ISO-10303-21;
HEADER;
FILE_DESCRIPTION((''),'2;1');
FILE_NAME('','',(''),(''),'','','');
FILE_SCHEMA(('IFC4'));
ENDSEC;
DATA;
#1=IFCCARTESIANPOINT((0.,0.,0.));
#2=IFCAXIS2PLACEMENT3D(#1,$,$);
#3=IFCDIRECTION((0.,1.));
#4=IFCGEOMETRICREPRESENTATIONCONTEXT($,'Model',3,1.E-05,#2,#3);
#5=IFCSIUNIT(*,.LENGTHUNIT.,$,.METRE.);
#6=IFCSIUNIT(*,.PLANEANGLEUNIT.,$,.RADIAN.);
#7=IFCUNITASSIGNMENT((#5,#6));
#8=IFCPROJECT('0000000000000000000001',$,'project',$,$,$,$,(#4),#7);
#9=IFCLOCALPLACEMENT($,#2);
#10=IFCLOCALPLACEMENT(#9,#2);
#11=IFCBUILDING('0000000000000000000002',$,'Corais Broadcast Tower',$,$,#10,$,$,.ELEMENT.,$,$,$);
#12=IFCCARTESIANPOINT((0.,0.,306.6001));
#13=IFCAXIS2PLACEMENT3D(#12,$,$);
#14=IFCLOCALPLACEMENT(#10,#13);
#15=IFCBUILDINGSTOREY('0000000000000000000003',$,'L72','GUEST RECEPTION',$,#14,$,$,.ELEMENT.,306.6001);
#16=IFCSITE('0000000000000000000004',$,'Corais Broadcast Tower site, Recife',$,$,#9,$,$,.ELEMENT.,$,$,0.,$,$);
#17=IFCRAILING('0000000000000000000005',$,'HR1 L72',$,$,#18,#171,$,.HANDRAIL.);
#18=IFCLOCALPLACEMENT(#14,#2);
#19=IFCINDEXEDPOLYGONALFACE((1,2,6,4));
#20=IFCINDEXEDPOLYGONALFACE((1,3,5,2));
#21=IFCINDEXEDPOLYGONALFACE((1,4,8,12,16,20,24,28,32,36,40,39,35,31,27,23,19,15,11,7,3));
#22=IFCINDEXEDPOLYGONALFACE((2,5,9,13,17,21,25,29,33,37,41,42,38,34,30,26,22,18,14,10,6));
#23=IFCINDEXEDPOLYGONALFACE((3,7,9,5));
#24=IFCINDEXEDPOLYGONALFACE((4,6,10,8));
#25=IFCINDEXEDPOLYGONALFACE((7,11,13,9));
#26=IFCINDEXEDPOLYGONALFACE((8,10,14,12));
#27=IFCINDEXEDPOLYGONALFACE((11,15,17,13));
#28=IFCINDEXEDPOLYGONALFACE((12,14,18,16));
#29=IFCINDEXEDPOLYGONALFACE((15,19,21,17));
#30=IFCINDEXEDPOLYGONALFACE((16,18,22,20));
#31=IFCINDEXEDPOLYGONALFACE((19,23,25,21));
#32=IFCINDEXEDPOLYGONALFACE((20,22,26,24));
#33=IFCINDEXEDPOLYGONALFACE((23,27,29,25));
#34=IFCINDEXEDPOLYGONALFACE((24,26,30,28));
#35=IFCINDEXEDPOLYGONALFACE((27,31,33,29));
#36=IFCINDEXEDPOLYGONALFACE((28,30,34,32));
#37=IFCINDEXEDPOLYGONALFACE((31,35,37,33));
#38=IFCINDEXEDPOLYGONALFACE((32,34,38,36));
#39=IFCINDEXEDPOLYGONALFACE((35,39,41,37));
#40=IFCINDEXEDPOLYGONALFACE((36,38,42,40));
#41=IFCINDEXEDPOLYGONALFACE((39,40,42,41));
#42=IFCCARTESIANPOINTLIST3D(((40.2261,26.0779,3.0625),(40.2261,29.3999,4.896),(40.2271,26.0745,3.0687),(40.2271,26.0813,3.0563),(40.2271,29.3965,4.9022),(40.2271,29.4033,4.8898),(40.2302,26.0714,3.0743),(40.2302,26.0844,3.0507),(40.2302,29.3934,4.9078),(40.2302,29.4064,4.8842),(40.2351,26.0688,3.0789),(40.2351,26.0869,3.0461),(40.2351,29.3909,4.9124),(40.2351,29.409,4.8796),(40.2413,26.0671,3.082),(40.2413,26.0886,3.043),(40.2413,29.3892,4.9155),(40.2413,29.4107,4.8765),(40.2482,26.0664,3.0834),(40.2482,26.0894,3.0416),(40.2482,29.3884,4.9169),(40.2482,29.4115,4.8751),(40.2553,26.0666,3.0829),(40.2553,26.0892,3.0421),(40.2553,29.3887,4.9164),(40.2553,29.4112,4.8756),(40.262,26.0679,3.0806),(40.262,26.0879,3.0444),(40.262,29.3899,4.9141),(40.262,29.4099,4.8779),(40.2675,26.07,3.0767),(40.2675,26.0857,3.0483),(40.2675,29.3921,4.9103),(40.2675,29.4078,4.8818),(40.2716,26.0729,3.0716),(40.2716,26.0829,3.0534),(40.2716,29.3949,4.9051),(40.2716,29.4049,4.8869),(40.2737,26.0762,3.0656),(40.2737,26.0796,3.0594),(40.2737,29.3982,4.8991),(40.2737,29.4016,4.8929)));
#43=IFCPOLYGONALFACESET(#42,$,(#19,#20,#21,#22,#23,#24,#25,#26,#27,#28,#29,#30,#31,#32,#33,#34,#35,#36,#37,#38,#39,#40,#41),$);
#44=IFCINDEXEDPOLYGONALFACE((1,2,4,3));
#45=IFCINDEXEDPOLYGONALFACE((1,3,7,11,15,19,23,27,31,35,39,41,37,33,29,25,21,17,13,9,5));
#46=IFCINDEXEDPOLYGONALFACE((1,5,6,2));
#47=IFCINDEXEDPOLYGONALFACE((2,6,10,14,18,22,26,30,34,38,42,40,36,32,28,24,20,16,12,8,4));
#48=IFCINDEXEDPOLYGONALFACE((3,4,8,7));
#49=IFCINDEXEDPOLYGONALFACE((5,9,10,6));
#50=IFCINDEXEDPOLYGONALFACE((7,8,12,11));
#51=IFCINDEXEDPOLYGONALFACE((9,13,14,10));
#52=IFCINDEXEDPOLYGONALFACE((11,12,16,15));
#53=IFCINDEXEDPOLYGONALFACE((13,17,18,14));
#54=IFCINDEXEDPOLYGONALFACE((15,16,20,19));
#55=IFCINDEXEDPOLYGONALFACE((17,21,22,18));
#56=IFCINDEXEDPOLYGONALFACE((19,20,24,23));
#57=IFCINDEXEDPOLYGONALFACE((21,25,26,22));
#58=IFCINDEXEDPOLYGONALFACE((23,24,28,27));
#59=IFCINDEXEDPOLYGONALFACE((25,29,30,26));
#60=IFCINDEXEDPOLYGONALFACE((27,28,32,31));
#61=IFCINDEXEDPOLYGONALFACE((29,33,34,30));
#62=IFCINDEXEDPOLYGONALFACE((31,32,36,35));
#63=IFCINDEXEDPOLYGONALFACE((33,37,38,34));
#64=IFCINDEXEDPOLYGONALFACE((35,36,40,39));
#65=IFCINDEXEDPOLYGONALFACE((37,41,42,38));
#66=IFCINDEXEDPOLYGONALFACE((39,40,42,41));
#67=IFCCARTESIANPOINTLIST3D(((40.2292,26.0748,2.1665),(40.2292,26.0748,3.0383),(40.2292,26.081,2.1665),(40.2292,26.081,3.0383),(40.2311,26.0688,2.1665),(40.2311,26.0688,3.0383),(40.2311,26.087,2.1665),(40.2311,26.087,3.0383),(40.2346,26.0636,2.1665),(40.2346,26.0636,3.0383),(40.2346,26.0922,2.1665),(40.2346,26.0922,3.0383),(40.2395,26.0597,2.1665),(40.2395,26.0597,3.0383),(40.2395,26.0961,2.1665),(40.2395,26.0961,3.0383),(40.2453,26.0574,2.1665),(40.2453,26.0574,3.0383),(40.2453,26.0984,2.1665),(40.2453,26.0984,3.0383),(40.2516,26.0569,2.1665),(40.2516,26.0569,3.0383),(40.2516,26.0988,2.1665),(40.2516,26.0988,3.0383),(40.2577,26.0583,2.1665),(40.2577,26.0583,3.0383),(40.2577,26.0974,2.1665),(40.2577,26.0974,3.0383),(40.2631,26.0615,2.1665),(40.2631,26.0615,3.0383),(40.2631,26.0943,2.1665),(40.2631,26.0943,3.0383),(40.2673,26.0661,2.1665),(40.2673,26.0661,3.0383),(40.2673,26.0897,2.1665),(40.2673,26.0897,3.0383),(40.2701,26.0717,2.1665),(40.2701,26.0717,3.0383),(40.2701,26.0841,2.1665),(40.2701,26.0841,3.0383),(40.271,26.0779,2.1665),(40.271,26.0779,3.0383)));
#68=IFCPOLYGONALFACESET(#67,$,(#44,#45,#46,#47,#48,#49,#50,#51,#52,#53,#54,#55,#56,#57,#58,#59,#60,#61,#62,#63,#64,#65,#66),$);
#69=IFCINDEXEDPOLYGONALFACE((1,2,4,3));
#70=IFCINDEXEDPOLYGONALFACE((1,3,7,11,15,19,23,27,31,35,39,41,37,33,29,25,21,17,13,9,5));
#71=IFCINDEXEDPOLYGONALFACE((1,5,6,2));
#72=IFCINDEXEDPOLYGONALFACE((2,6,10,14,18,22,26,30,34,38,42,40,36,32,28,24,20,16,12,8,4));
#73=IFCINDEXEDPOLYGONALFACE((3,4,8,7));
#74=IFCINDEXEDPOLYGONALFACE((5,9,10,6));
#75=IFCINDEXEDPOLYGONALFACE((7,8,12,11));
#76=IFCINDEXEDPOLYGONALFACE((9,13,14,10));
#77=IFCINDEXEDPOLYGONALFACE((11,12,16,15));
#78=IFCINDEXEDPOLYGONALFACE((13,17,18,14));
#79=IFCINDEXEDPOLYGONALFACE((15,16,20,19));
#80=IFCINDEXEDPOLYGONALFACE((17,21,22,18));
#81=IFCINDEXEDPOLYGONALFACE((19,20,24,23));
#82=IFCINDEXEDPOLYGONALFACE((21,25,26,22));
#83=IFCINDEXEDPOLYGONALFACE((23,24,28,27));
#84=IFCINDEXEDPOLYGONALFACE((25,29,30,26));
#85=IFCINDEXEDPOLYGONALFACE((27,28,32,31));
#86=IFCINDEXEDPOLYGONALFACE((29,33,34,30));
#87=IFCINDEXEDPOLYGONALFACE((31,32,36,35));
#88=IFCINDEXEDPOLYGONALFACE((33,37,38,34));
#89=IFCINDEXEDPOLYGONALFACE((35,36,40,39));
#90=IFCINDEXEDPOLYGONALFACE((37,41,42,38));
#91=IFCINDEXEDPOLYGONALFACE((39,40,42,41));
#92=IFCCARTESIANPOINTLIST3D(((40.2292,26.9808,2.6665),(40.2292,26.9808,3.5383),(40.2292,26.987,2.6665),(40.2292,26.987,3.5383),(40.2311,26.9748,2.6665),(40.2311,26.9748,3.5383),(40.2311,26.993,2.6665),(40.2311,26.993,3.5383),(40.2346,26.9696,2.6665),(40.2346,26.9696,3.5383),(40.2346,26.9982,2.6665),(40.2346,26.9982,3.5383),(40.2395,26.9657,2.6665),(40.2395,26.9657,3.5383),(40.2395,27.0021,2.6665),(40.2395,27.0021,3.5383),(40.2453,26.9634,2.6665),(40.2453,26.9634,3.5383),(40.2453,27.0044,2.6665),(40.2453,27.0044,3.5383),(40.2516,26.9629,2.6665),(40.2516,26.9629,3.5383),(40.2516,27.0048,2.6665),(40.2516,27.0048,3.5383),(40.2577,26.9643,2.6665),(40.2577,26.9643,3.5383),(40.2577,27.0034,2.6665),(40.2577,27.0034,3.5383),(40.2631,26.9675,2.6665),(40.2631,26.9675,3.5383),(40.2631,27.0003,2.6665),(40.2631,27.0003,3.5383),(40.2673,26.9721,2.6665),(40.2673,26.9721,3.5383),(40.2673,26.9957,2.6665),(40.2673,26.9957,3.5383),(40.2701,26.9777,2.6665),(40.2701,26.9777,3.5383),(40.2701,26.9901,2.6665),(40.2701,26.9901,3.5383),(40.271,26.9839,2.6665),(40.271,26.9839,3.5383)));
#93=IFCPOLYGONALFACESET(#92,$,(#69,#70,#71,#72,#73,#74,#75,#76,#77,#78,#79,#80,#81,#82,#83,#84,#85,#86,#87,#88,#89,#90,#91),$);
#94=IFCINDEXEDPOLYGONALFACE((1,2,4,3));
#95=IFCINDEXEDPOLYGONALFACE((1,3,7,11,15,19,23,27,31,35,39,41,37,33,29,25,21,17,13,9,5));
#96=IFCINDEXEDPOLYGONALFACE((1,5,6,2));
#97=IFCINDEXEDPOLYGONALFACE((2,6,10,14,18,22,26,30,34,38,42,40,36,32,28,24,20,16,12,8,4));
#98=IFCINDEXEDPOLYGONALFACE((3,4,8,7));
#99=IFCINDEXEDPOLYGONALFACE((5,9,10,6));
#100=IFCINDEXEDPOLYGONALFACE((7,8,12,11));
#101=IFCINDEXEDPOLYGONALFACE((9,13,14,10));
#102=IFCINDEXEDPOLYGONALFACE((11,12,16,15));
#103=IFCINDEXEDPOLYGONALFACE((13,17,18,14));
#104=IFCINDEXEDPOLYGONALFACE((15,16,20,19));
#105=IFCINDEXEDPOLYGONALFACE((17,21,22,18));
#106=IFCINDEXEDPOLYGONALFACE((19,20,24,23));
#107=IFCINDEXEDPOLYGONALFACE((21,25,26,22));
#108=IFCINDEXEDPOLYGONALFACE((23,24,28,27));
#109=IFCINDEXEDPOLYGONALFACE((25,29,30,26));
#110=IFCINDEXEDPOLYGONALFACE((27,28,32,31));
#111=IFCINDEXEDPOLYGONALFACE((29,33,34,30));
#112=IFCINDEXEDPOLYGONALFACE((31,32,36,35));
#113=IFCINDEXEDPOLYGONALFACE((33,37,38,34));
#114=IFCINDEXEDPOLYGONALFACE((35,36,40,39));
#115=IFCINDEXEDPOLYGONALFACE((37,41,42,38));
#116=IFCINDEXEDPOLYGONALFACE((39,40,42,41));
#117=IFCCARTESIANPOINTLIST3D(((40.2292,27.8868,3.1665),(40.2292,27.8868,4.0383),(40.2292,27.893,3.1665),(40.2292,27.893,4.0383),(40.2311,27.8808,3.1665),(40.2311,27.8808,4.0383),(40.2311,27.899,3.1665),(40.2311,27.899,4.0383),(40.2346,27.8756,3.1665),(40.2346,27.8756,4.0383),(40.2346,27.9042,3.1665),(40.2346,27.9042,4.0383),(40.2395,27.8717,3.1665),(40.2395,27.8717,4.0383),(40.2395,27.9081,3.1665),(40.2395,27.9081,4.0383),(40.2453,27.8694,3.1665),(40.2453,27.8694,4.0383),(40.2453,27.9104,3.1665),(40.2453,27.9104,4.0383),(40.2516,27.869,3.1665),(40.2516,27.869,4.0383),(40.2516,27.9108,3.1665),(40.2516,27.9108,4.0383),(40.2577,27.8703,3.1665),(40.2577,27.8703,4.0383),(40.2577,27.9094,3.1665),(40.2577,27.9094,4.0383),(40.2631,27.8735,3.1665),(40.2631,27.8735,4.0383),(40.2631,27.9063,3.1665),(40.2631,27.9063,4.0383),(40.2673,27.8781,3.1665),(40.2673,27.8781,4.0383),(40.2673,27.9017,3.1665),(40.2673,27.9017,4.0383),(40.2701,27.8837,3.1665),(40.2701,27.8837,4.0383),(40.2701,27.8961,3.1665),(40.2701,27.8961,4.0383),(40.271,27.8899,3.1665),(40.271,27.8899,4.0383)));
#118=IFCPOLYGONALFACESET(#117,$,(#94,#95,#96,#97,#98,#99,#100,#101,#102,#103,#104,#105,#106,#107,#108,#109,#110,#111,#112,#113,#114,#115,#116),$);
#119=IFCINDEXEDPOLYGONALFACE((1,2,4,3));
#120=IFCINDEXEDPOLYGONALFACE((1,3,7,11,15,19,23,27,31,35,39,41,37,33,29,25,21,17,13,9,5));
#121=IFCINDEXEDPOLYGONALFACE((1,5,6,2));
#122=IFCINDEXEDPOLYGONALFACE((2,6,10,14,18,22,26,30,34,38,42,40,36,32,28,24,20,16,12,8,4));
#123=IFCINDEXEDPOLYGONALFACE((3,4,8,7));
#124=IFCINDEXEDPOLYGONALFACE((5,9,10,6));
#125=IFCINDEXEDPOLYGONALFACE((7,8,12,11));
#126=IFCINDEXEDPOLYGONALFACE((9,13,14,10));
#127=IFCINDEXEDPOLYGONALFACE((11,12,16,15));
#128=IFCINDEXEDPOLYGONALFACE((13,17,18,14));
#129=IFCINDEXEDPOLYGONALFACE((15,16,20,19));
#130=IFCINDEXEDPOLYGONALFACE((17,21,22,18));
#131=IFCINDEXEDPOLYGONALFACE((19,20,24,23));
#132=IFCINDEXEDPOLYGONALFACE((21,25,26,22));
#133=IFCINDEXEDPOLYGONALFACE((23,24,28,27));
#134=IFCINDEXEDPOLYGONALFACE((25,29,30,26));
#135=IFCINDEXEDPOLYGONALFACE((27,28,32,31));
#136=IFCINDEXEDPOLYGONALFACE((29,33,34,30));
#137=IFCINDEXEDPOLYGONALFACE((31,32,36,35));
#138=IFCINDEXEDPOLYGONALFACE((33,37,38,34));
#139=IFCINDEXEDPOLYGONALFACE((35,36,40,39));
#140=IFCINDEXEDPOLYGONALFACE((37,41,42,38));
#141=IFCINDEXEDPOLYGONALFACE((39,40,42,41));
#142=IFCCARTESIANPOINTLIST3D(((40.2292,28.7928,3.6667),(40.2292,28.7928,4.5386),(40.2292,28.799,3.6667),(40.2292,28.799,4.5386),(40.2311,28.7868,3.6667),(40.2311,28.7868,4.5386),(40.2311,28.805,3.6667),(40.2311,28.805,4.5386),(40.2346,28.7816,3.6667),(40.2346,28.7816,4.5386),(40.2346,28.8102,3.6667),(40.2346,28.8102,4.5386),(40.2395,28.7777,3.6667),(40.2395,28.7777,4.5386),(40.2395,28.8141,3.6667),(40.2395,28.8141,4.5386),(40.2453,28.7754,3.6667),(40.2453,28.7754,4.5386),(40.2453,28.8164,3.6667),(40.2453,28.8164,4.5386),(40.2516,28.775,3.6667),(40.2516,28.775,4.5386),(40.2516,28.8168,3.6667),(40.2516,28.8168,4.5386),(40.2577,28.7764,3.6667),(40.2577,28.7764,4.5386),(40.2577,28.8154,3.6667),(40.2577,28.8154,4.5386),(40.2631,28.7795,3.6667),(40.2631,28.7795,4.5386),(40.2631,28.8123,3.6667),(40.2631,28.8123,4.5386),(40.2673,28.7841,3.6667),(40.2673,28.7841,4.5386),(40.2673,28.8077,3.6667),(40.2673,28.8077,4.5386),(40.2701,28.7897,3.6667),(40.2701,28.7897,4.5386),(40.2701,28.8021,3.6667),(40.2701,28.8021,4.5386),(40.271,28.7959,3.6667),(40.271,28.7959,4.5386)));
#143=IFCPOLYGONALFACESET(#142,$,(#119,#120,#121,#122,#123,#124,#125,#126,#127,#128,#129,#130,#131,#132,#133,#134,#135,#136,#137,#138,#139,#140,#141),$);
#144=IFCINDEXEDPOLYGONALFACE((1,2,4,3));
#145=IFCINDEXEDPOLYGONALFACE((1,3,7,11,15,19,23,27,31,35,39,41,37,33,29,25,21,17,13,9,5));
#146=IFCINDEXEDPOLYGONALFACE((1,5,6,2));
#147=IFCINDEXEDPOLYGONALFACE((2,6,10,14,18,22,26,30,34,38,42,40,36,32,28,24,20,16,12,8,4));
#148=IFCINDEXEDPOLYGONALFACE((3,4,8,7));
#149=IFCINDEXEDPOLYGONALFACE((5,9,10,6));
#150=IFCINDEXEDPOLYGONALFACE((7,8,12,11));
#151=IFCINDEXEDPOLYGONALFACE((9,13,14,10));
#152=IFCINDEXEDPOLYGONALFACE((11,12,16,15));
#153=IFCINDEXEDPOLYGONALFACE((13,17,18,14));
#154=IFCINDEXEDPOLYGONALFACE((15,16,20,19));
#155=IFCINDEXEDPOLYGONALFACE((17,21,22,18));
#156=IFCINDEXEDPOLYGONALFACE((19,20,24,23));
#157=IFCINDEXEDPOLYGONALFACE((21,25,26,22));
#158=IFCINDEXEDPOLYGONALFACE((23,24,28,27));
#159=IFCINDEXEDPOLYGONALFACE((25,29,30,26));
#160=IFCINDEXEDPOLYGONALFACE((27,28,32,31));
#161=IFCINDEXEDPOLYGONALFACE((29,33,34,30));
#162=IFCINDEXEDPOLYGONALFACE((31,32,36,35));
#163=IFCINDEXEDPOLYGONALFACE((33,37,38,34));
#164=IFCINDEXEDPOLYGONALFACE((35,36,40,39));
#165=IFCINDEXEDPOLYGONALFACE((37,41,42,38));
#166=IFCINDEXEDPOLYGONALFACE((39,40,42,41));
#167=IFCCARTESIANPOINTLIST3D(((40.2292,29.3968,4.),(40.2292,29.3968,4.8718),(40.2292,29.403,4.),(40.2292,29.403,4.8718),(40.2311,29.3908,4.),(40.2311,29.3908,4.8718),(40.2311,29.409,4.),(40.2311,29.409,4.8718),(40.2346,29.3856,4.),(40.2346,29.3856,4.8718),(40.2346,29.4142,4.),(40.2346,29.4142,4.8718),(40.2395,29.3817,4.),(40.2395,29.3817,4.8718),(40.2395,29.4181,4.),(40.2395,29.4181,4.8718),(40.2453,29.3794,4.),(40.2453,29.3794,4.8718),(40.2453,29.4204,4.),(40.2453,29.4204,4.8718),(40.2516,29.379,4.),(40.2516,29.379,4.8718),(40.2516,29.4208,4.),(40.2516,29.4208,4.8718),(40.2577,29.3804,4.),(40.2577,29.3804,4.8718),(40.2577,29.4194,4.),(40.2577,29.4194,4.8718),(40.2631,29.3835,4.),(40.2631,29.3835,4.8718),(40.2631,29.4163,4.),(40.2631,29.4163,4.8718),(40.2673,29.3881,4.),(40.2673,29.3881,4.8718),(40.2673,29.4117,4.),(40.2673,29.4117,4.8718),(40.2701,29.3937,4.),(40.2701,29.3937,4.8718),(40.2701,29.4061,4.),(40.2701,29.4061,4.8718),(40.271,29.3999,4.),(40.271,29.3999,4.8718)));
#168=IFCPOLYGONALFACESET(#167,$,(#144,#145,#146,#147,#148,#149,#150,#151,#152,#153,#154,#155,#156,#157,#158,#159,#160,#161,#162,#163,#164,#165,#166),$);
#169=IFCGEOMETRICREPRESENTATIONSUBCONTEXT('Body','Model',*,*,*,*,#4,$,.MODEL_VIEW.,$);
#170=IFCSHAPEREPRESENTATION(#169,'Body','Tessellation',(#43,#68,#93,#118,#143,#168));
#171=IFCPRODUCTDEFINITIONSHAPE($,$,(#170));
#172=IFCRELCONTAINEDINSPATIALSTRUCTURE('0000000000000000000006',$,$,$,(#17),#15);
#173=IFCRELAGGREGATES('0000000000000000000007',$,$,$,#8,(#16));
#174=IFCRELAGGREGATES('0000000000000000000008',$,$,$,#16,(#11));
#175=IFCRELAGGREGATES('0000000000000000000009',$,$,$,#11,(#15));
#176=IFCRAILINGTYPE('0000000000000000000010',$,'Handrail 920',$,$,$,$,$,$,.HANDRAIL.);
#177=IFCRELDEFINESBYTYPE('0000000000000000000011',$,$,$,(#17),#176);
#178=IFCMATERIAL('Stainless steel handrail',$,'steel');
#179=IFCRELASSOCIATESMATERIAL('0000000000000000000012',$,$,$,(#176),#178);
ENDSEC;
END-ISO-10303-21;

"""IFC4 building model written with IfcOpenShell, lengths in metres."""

from ifc_helpers import new_model, si_unit, direction, frame, origin, origin_2d, place, context, subcontext, project, spatial, circle, extrude, material, type_object, element, save


model = new_model("IFC4")

# Units and contexts
model_context = context("Model", 3, precision=1e-05, world=origin(), true_north=direction((0.0, 1.0)))
body_context = subcontext(model_context, "Body", "Model", "MODEL_VIEW")
ifc_project = project(units=[si_unit("LENGTHUNIT", "METRE"), si_unit("PLANEANGLEUNIT", "RADIAN")], contexts=[model_context])

# Site, building, storey
site_placement = place(None, origin())
site = spatial("IfcSite", under=ifc_project, at=site_placement, Name="Corais Broadcast Tower site, Recife", CompositionType="ELEMENT", RefElevation=0.0)
building_placement = place(site_placement, origin())
building = spatial("IfcBuilding", under=site, at=building_placement, Name="Corais Broadcast Tower", CompositionType="ELEMENT")
storey_placement = place(building_placement, frame((0.0, 0.0, 306.6001)))
storey = spatial("IfcBuildingStorey", under=building, at=storey_placement, Name="L72", Description="GUEST RECEPTION", CompositionType="ELEMENT", Elevation=306.6001)

# Railing
ifc_material_1 = material(Name="Stainless steel handrail", Category="steel")
railing_type = type_object("IfcRailingType", Name="Handrail 920", PredefinedType="HANDRAIL", material=ifc_material_1)
for number, where, name in (
    (1, (40.25, 26.0779, 2.1665), "HR1 L72"),
):
    element("IfcRailing", number, at=place(storey_placement, frame(where)), inside=storey, type_object=railing_type, Name=name, PredefinedType="HANDRAIL", context=body_context, shape_type="SweptSolid", body=[
        extrude(circle(Radius=0.0239, at=origin_2d()), frame((0.0, 0.0, 0.896), z_axis=(0.0, 0.875504, 0.48321), x_axis=(-1.0, 0.0, 0.0)), (0.0, 0.0, 1.0), 3.7944),
        extrude(circle(Radius=0.021, at=origin_2d()), origin(), (0.0, 0.0, 1.0), 0.8718),
        extrude(circle(Radius=0.021, at=origin_2d()), frame((0.0, 0.906, 0.5)), (0.0, 0.0, 1.0), 0.8718),
        extrude(circle(Radius=0.021, at=origin_2d()), frame((0.0, 1.812, 1.0)), (0.0, 0.0, 1.0), 0.8718),
        extrude(circle(Radius=0.021, at=origin_2d()), frame((0.0, 2.718, 1.5002)), (0.0, 0.0, 1.0), 0.8718),
        extrude(circle(Radius=0.021, at=origin_2d()), frame((0.0, 3.322, 1.8335)), (0.0, 0.0, 1.0), 0.8718),
    ])

save(model, "model.ifc")
